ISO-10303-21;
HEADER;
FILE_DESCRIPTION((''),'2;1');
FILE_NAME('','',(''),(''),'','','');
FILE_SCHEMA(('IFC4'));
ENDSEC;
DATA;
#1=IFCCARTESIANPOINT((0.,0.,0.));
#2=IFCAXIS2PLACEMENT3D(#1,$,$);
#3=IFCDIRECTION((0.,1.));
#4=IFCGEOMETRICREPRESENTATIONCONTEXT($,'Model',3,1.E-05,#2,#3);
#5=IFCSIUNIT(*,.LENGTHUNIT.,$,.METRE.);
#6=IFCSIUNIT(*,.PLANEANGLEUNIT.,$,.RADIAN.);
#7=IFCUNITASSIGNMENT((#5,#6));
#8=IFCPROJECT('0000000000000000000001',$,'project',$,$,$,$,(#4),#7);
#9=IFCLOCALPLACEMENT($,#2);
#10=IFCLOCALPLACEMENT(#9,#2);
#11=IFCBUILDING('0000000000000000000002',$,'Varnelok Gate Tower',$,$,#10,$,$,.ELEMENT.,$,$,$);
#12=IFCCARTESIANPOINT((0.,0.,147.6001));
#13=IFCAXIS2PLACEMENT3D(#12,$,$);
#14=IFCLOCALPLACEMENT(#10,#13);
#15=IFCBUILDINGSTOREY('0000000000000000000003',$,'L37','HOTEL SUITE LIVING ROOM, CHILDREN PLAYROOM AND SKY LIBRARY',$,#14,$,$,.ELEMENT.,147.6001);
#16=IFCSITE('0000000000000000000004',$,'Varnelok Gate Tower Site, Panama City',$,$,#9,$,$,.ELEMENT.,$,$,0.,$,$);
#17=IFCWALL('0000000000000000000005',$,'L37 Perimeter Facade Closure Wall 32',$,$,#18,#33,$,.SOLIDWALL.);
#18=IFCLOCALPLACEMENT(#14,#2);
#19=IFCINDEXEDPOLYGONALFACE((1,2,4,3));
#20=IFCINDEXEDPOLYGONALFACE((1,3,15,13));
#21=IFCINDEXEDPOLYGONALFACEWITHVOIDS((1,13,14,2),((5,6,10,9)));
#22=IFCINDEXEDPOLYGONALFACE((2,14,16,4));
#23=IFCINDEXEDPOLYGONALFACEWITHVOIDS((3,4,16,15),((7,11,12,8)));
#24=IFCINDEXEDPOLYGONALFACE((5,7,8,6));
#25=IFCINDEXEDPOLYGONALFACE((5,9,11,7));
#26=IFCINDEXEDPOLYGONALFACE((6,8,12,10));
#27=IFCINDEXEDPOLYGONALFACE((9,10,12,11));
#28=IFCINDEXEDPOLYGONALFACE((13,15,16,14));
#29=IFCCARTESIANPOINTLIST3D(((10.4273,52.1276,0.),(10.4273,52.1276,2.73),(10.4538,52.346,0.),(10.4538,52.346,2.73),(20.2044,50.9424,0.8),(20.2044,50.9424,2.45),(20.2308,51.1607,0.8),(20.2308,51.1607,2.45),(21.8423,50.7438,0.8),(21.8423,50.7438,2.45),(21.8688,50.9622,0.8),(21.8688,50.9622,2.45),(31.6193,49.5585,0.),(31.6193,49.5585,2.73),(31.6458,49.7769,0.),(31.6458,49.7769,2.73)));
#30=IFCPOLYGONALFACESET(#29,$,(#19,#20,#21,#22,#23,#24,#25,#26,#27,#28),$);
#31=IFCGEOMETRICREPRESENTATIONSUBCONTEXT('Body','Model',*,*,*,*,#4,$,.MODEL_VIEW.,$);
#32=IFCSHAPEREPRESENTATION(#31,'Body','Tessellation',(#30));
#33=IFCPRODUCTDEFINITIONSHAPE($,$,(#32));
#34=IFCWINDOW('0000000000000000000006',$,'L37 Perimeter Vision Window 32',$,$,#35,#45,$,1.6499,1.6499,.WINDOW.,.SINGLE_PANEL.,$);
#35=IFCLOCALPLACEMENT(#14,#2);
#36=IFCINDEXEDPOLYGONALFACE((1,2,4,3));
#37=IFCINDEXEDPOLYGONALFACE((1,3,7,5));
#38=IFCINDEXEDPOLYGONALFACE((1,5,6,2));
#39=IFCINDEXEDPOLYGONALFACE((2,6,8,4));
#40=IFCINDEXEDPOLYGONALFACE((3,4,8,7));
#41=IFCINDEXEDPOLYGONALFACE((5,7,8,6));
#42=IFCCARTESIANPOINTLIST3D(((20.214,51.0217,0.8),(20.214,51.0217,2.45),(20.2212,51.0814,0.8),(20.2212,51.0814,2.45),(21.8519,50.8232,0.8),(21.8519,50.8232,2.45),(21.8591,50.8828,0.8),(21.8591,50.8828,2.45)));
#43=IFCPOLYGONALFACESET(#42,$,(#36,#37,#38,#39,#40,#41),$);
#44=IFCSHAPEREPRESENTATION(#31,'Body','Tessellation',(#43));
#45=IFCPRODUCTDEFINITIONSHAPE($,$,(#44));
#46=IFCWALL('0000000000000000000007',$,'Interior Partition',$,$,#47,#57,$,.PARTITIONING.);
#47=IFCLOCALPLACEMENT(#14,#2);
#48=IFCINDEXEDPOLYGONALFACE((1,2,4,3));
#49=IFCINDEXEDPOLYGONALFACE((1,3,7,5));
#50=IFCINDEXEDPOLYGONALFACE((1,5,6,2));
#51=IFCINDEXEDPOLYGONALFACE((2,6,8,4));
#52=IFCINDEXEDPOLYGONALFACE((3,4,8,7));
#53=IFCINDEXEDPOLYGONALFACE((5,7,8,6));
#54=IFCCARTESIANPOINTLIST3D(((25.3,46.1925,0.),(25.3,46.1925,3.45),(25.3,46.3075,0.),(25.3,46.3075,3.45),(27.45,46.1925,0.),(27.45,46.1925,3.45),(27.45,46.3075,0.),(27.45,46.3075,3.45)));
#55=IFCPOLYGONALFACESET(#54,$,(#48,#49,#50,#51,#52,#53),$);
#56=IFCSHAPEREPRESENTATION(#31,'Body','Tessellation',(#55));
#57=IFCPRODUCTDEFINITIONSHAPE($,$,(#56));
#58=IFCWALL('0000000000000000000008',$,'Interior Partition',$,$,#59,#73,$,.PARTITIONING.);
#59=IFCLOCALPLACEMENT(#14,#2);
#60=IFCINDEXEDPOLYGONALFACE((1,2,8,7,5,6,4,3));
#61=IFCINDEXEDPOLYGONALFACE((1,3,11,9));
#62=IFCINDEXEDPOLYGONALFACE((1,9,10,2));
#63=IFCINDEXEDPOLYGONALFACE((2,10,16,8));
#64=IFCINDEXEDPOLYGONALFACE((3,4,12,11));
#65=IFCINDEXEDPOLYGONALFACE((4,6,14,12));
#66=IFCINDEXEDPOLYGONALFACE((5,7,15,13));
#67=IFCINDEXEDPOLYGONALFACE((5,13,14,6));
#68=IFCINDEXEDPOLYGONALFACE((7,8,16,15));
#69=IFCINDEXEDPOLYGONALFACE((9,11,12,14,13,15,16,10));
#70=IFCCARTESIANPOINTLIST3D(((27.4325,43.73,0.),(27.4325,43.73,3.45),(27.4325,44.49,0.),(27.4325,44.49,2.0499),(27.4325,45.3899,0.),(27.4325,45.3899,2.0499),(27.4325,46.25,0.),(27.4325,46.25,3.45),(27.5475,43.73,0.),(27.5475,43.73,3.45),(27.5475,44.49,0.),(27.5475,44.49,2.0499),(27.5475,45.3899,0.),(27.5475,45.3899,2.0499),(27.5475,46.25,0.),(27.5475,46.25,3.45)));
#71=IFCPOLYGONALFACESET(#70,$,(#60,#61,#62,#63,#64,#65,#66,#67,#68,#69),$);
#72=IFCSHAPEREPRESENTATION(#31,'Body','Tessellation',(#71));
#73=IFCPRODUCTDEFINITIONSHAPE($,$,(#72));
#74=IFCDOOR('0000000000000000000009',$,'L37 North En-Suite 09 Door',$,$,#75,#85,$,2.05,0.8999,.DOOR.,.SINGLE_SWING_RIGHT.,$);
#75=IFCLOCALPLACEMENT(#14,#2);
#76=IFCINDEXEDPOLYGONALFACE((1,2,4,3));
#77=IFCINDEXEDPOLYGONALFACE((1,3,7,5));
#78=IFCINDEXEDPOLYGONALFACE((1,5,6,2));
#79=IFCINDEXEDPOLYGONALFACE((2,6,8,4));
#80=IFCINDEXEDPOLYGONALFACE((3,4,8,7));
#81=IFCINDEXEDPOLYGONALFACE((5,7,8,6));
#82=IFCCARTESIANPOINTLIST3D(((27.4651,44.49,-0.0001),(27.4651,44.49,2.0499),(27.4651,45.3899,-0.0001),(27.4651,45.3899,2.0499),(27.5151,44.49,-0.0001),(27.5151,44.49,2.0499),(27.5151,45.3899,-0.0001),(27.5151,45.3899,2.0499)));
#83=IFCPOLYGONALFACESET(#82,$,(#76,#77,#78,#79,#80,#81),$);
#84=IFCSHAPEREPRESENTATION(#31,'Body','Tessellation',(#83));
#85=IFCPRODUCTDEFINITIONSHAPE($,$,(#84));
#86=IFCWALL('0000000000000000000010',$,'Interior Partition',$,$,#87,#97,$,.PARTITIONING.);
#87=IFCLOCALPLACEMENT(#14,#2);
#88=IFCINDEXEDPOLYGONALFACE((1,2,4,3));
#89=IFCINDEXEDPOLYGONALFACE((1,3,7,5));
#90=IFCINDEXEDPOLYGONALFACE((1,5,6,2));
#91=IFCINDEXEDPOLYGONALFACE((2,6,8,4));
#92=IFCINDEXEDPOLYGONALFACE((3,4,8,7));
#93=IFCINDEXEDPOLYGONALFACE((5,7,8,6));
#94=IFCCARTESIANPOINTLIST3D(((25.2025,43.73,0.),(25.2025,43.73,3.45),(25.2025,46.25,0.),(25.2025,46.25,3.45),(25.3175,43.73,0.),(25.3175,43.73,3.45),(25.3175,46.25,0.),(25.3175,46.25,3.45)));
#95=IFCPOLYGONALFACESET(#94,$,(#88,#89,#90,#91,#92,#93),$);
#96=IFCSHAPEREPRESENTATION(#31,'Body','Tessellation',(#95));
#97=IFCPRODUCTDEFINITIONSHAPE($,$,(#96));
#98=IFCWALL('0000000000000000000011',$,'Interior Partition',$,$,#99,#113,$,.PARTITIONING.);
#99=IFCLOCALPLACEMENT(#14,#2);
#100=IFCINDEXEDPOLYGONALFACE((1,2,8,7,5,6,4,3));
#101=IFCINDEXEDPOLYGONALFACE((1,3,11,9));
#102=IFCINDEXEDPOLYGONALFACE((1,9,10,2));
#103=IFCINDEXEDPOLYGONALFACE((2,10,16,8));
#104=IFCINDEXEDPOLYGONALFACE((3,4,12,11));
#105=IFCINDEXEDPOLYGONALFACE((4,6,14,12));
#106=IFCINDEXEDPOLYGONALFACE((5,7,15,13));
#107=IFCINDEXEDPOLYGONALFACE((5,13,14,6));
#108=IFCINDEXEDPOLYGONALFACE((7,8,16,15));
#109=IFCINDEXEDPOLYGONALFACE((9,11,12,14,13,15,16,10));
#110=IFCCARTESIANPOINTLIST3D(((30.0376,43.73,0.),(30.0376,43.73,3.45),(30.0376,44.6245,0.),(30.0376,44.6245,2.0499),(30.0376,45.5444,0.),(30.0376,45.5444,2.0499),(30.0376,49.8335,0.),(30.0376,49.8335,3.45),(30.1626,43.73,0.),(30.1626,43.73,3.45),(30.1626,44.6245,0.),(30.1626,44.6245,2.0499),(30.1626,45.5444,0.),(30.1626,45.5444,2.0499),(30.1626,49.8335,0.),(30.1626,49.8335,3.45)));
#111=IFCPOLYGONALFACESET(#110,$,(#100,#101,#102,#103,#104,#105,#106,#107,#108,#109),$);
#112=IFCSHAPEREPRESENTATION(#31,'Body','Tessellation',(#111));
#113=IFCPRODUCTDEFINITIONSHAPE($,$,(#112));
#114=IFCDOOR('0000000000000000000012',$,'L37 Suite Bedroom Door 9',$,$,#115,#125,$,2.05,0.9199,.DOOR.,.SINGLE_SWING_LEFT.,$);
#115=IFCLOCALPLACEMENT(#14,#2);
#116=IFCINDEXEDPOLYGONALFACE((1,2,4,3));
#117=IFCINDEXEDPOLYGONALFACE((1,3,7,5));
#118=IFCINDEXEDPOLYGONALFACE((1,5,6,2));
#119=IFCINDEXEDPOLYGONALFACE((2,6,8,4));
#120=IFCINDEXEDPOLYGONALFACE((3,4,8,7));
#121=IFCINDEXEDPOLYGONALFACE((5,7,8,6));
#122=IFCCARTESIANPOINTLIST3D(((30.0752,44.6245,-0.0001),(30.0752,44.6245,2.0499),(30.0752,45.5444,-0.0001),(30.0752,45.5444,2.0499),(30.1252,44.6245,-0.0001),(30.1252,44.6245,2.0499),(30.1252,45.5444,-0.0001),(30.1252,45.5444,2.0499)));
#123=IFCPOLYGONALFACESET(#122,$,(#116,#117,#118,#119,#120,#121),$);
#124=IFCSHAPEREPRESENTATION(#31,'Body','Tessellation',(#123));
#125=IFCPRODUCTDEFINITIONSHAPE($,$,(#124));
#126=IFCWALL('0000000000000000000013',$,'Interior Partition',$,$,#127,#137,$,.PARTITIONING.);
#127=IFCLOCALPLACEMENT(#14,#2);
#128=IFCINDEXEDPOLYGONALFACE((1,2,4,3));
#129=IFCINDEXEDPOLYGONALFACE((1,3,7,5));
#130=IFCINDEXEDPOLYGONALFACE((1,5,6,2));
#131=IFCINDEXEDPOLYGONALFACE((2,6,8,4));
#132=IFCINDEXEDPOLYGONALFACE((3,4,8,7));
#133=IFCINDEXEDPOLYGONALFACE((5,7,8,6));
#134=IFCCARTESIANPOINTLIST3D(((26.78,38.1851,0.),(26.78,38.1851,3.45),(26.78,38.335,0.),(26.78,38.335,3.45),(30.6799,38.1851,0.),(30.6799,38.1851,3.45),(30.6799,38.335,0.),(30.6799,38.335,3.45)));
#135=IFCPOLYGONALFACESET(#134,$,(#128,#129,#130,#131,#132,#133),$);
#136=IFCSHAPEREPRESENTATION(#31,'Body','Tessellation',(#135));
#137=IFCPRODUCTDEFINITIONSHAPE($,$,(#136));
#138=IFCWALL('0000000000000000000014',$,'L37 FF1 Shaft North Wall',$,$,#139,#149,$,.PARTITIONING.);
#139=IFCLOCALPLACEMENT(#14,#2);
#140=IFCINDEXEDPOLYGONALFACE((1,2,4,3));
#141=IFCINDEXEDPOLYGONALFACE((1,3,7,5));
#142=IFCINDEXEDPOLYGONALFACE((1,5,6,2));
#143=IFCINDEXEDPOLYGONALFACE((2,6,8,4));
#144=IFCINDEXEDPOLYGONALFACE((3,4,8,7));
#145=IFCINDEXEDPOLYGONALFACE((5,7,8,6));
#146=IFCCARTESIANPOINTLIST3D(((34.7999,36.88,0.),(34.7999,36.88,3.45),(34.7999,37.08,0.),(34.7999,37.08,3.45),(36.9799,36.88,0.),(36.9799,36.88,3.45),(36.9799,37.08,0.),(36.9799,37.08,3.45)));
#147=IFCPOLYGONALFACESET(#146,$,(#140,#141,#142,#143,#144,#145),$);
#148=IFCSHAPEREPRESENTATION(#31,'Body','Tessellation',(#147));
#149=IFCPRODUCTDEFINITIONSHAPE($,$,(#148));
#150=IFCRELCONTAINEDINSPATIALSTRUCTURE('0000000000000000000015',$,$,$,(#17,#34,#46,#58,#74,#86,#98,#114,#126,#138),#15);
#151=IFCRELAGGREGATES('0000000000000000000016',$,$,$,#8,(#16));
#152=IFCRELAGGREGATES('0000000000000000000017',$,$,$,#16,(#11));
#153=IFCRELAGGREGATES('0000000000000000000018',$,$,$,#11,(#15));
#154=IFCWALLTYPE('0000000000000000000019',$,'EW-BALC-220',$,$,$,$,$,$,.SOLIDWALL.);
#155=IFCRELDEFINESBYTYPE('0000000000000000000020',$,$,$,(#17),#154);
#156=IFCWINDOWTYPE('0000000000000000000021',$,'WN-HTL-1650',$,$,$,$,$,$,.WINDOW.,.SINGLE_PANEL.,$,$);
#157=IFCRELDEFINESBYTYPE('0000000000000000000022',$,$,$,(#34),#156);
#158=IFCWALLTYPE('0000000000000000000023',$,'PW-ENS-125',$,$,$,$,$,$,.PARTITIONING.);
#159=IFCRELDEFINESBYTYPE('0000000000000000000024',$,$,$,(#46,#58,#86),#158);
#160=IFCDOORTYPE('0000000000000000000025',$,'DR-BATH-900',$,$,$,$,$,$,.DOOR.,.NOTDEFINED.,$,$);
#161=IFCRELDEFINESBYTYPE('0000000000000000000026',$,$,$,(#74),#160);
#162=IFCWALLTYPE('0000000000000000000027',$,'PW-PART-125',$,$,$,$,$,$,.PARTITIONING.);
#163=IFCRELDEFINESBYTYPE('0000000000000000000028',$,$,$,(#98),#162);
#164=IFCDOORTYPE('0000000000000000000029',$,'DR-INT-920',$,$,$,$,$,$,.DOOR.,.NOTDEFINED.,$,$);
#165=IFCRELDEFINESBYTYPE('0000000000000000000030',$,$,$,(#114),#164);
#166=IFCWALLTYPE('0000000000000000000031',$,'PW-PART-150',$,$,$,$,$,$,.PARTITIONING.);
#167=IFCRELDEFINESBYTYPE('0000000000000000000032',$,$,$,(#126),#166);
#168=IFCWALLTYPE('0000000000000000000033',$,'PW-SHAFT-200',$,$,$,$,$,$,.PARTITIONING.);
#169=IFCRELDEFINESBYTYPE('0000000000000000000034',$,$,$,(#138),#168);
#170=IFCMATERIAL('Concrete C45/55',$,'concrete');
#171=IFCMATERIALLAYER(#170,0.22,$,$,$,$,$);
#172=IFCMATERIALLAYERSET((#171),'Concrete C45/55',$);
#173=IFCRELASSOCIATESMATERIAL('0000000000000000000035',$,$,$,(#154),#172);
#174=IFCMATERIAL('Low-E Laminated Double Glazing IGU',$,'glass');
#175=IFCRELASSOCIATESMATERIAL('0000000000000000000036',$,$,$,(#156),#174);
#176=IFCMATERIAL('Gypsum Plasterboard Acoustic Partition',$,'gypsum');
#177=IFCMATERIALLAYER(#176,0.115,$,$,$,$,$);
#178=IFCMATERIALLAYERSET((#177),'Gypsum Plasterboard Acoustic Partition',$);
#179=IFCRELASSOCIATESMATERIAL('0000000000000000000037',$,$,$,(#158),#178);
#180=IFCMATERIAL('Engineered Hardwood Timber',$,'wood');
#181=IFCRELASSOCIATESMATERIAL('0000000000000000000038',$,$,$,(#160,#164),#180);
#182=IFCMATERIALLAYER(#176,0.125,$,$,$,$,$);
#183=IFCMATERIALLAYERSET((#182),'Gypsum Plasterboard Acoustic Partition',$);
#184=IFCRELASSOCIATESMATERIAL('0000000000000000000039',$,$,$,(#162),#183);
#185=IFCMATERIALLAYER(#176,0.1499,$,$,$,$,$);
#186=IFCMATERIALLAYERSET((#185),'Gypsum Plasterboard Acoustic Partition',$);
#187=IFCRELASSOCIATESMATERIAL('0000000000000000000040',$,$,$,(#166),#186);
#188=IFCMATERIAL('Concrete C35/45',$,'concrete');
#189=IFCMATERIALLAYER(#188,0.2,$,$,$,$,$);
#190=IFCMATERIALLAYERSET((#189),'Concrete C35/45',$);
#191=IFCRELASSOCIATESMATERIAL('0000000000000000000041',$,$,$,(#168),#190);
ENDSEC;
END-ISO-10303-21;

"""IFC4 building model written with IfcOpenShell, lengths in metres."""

from ifc_helpers import new_model, si_unit, direction, frame, frame_2d, origin, place, context, subcontext, project, spatial, rectangle, extrude, material, layer, layer_set, type_object, element, fill, save


model = new_model("IFC4")

# Units and contexts
model_context = context("Model", 3, precision=1e-05, world=origin(), true_north=direction((0.0, 1.0)))
body_context = subcontext(model_context, "Body", "Model", "MODEL_VIEW")
ifc_project = project(units=[si_unit("LENGTHUNIT", "METRE"), si_unit("PLANEANGLEUNIT", "RADIAN")], contexts=[model_context])

# Site, building, storey
site_placement = place(None, origin())
site = spatial("IfcSite", under=ifc_project, at=site_placement, Name="Varnelok Gate Tower Site, Panama City", CompositionType="ELEMENT", RefElevation=0.0)
building_placement = place(site_placement, origin())
building = spatial("IfcBuilding", under=site, at=building_placement, Name="Varnelok Gate Tower", CompositionType="ELEMENT")
storey_placement = place(building_placement, frame((0.0, 0.0, 147.6001)))
storey = spatial("IfcBuildingStorey", under=building, at=storey_placement, Name="L37", Description="HOTEL SUITE LIVING ROOM, CHILDREN PLAYROOM AND SKY LIBRARY", CompositionType="ELEMENT", Elevation=147.6001)

# Shared definitions
ifc_material_1 = material(Name="Concrete C45/55", Category="concrete")
ifc_layer_1 = layer(ifc_material_1, 0.22)
ifc_layer_set_1 = layer_set([ifc_layer_1], Name="Concrete C45/55")
wall_type_1 = type_object("IfcWallType", Name="EW-BALC-220", PredefinedType="SOLIDWALL", material=ifc_layer_set_1)

# Wall, opening, window
wall_1_placement = place(storey_placement, frame((31.6326, 49.6677, 0.0), z_axis=(0.0, 0.0, 1.0), x_axis=(-0.992732, 0.120349, 0.0)))
wall_1 = element("IfcWall", 1, at=wall_1_placement, inside=storey, type_object=wall_type_1, Name="L37 Perimeter Facade Closure Wall 32", PredefinedType="SOLIDWALL", context=body_context, shape_type="SweptSolid", body=[
    extrude(rectangle(XDim=21.3472, YDim=0.22, at=frame_2d((10.6736, 0.0))), origin(), (0.0, 0.0, 1.0), 2.73),
])
opening_1_placement = place(wall_1_placement, frame((9.8486, 0.0, 0.8)))
opening_1 = element("IfcOpeningElement", 2, at=opening_1_placement, cuts=wall_1, PredefinedType="OPENING", context=body_context, shape_type="SweptSolid", body=[
    extrude(rectangle(XDim=1.6499, YDim=1.6499, at=frame_2d((0.825, 0.825))), frame((0.0, 0.1199, 0.0), z_axis=(0.0, -1.0, 0.0), x_axis=(1.0, 0.0, 0.0)), (0.0, 0.0, 1.0), 0.24),
])
ifc_material_2 = material(Name="Low-E Laminated Double Glazing IGU", Category="glass")
window_type = type_object("IfcWindowType", Name="WN-HTL-1650", PartitioningType="SINGLE_PANEL", PredefinedType="WINDOW", material=ifc_material_2)
window_placement = place(opening_1_placement, origin())
window = element("IfcWindow", 3, at=window_placement, inside=storey, type_object=window_type, Name="L37 Perimeter Vision Window 32", OverallHeight=1.6499, OverallWidth=1.6499, PartitioningType="SINGLE_PANEL", PredefinedType="WINDOW", context=body_context, shape_type="SweptSolid", body=[
    extrude(rectangle(XDim=1.6499, YDim=1.6499, at=frame_2d((0.825, 0.825))), frame((0.0, 0.03, 0.0), z_axis=(0.0, -1.0, 0.0), x_axis=(1.0, 0.0, 0.0)), (0.0, 0.0, 1.0), 0.0601),
])
fill(opening_1, window)

# Wall
ifc_material_3 = material(Name="Gypsum Plasterboard Acoustic Partition", Category="gypsum")
ifc_layer_2 = layer(ifc_material_3, 0.115)
ifc_layer_set_2 = layer_set([ifc_layer_2], Name="Gypsum Plasterboard Acoustic Partition")
wall_type_2 = type_object("IfcWallType", Name="PW-ENS-125", PredefinedType="PARTITIONING", material=ifc_layer_set_2)
wall_2_placement = place(storey_placement, frame((25.3, 46.25, 0.0), z_axis=(0.0, 0.0, 1.0), x_axis=(1.0, 0.0, 0.0)))
element("IfcWall", 4, at=wall_2_placement, inside=storey, type_object=wall_type_2, Name="Interior Partition", PredefinedType="PARTITIONING", context=body_context, shape_type="SweptSolid", body=[
    extrude(rectangle(XDim=2.1499, YDim=0.115, at=frame_2d((1.075, 0.0))), origin(), (0.0, 0.0, 1.0), 3.45),
])

# Wall, opening, door
wall_3_placement = place(storey_placement, frame((27.49, 43.73, 0.0), z_axis=(0.0, 0.0, 1.0), x_axis=(0.0, 1.0, 0.0)))
wall_3 = element("IfcWall", 5, at=wall_3_placement, inside=storey, type_object=wall_type_2, Name="Interior Partition", PredefinedType="PARTITIONING", context=body_context, shape_type="SweptSolid", body=[
    extrude(rectangle(XDim=2.52, YDim=0.115, at=frame_2d((1.26, 0.0))), origin(), (0.0, 0.0, 1.0), 3.45),
])
opening_2_placement = place(wall_3_placement, frame((0.76, 0.0, 0.0)))
opening_2 = element("IfcOpeningElement", 6, at=opening_2_placement, cuts=wall_3, PredefinedType="OPENING", context=body_context, shape_type="SweptSolid", body=[
    extrude(rectangle(XDim=0.8999, YDim=2.05, at=frame_2d((0.45, 1.0249))), frame((0.0, 0.0674, 0.0), z_axis=(0.0, -1.0, 0.0), x_axis=(1.0, 0.0, 0.0)), (0.0, 0.0, 1.0), 0.135),
])
ifc_material_4 = material(Name="Engineered Hardwood Timber", Category="wood")
door_type_1 = type_object("IfcDoorType", Name="DR-BATH-900", OperationType="NOTDEFINED", PredefinedType="DOOR", material=ifc_material_4)
door_1_placement = place(opening_2_placement, origin())
door_1 = element("IfcDoor", 7, at=door_1_placement, inside=storey, type_object=door_type_1, Name="L37 North En-Suite 09 Door", OperationType="SINGLE_SWING_RIGHT", OverallHeight=2.05, OverallWidth=0.8999, PredefinedType="DOOR", context=body_context, shape_type="SweptSolid", body=[
    extrude(rectangle(XDim=0.8999, YDim=2.05, at=frame_2d((0.45, 1.0249))), frame((0.0, 0.0249, 0.0), z_axis=(0.0, -1.0, 0.0), x_axis=(1.0, 0.0, 0.0)), (0.0, 0.0, 1.0), 0.05),
])
fill(opening_2, door_1)

# Wall
wall_4_placement = place(storey_placement, frame((25.26, 43.73, 0.0), z_axis=(0.0, 0.0, 1.0), x_axis=(0.0, 1.0, 0.0)))
element("IfcWall", 8, at=wall_4_placement, inside=storey, type_object=wall_type_2, Name="Interior Partition", PredefinedType="PARTITIONING", context=body_context, shape_type="SweptSolid", body=[
    extrude(rectangle(XDim=2.52, YDim=0.115, at=frame_2d((1.26, 0.0))), origin(), (0.0, 0.0, 1.0), 3.45),
])

# Wall, opening, door
ifc_layer_3 = layer(ifc_material_3, 0.125)
ifc_layer_set_3 = layer_set([ifc_layer_3], Name="Gypsum Plasterboard Acoustic Partition")
wall_type_3 = type_object("IfcWallType", Name="PW-PART-125", PredefinedType="PARTITIONING", material=ifc_layer_set_3)
wall_5_placement = place(storey_placement, frame((30.1001, 43.73, 0.0), z_axis=(0.0, 0.0, 1.0), x_axis=(0.0, 1.0, 0.0)))
wall_5 = element("IfcWall", 9, at=wall_5_placement, inside=storey, type_object=wall_type_3, Name="Interior Partition", PredefinedType="PARTITIONING", context=body_context, shape_type="SweptSolid", body=[
    extrude(rectangle(XDim=6.1035, YDim=0.125, at=frame_2d((3.0518, 0.0))), origin(), (0.0, 0.0, 1.0), 3.45),
])
opening_3_placement = place(wall_5_placement, frame((0.8945, 0.0, 0.0)))
opening_3 = element("IfcOpeningElement", 10, at=opening_3_placement, cuts=wall_5, PredefinedType="OPENING", context=body_context, shape_type="SweptSolid", body=[
    extrude(rectangle(XDim=0.9199, YDim=2.05, at=frame_2d((0.46, 1.0249))), frame((0.0, 0.0725, 0.0), z_axis=(0.0, -1.0, 0.0), x_axis=(1.0, 0.0, 0.0)), (0.0, 0.0, 1.0), 0.145),
])
door_type_2 = type_object("IfcDoorType", Name="DR-INT-920", OperationType="NOTDEFINED", PredefinedType="DOOR", material=ifc_material_4)
door_2_placement = place(opening_3_placement, origin())
door_2 = element("IfcDoor", 11, at=door_2_placement, inside=storey, type_object=door_type_2, Name="L37 Suite Bedroom Door 9", OperationType="SINGLE_SWING_LEFT", OverallHeight=2.05, OverallWidth=0.9199, PredefinedType="DOOR", context=body_context, shape_type="SweptSolid", body=[
    extrude(rectangle(XDim=0.9199, YDim=2.05, at=frame_2d((0.46, 1.0249))), frame((0.0, 0.0249, 0.0), z_axis=(0.0, -1.0, 0.0), x_axis=(1.0, 0.0, 0.0)), (0.0, 0.0, 1.0), 0.05),
])
fill(opening_3, door_2)

# Walls
ifc_layer_4 = layer(ifc_material_3, 0.1499)
ifc_layer_set_4 = layer_set([ifc_layer_4], Name="Gypsum Plasterboard Acoustic Partition")
wall_type_4 = type_object("IfcWallType", Name="PW-PART-150", PredefinedType="PARTITIONING", material=ifc_layer_set_4)
wall_6_placement = place(storey_placement, frame((26.78, 38.26, 0.0), z_axis=(0.0, 0.0, 1.0), x_axis=(1.0, 0.0, 0.0)))
element("IfcWall", 12, at=wall_6_placement, inside=storey, type_object=wall_type_4, Name="Interior Partition", PredefinedType="PARTITIONING", context=body_context, shape_type="SweptSolid", body=[
    extrude(rectangle(XDim=3.8999, YDim=0.1499, at=frame_2d((1.95, 0.0))), origin(), (0.0, 0.0, 1.0), 3.45),
])
ifc_material_5 = material(Name="Concrete C35/45", Category="concrete")
ifc_layer_5 = layer(ifc_material_5, 0.2)
ifc_layer_set_5 = layer_set([ifc_layer_5], Name="Concrete C35/45")
wall_type_5 = type_object("IfcWallType", Name="PW-SHAFT-200", PredefinedType="PARTITIONING", material=ifc_layer_set_5)
wall_7_placement = place(storey_placement, frame((34.8, 36.98, 0.0), z_axis=(0.0, 0.0, 1.0), x_axis=(1.0, 0.0, 0.0)))
element("IfcWall", 13, at=wall_7_placement, inside=storey, type_object=wall_type_5, Name="L37 FF1 Shaft North Wall", PredefinedType="PARTITIONING", context=body_context, shape_type="SweptSolid", body=[
    extrude(rectangle(XDim=2.1799, YDim=0.2, at=frame_2d((1.0898, 0.0))), origin(), (0.0, 0.0, 1.0), 3.45),
])

save(model, "model.ifc")
